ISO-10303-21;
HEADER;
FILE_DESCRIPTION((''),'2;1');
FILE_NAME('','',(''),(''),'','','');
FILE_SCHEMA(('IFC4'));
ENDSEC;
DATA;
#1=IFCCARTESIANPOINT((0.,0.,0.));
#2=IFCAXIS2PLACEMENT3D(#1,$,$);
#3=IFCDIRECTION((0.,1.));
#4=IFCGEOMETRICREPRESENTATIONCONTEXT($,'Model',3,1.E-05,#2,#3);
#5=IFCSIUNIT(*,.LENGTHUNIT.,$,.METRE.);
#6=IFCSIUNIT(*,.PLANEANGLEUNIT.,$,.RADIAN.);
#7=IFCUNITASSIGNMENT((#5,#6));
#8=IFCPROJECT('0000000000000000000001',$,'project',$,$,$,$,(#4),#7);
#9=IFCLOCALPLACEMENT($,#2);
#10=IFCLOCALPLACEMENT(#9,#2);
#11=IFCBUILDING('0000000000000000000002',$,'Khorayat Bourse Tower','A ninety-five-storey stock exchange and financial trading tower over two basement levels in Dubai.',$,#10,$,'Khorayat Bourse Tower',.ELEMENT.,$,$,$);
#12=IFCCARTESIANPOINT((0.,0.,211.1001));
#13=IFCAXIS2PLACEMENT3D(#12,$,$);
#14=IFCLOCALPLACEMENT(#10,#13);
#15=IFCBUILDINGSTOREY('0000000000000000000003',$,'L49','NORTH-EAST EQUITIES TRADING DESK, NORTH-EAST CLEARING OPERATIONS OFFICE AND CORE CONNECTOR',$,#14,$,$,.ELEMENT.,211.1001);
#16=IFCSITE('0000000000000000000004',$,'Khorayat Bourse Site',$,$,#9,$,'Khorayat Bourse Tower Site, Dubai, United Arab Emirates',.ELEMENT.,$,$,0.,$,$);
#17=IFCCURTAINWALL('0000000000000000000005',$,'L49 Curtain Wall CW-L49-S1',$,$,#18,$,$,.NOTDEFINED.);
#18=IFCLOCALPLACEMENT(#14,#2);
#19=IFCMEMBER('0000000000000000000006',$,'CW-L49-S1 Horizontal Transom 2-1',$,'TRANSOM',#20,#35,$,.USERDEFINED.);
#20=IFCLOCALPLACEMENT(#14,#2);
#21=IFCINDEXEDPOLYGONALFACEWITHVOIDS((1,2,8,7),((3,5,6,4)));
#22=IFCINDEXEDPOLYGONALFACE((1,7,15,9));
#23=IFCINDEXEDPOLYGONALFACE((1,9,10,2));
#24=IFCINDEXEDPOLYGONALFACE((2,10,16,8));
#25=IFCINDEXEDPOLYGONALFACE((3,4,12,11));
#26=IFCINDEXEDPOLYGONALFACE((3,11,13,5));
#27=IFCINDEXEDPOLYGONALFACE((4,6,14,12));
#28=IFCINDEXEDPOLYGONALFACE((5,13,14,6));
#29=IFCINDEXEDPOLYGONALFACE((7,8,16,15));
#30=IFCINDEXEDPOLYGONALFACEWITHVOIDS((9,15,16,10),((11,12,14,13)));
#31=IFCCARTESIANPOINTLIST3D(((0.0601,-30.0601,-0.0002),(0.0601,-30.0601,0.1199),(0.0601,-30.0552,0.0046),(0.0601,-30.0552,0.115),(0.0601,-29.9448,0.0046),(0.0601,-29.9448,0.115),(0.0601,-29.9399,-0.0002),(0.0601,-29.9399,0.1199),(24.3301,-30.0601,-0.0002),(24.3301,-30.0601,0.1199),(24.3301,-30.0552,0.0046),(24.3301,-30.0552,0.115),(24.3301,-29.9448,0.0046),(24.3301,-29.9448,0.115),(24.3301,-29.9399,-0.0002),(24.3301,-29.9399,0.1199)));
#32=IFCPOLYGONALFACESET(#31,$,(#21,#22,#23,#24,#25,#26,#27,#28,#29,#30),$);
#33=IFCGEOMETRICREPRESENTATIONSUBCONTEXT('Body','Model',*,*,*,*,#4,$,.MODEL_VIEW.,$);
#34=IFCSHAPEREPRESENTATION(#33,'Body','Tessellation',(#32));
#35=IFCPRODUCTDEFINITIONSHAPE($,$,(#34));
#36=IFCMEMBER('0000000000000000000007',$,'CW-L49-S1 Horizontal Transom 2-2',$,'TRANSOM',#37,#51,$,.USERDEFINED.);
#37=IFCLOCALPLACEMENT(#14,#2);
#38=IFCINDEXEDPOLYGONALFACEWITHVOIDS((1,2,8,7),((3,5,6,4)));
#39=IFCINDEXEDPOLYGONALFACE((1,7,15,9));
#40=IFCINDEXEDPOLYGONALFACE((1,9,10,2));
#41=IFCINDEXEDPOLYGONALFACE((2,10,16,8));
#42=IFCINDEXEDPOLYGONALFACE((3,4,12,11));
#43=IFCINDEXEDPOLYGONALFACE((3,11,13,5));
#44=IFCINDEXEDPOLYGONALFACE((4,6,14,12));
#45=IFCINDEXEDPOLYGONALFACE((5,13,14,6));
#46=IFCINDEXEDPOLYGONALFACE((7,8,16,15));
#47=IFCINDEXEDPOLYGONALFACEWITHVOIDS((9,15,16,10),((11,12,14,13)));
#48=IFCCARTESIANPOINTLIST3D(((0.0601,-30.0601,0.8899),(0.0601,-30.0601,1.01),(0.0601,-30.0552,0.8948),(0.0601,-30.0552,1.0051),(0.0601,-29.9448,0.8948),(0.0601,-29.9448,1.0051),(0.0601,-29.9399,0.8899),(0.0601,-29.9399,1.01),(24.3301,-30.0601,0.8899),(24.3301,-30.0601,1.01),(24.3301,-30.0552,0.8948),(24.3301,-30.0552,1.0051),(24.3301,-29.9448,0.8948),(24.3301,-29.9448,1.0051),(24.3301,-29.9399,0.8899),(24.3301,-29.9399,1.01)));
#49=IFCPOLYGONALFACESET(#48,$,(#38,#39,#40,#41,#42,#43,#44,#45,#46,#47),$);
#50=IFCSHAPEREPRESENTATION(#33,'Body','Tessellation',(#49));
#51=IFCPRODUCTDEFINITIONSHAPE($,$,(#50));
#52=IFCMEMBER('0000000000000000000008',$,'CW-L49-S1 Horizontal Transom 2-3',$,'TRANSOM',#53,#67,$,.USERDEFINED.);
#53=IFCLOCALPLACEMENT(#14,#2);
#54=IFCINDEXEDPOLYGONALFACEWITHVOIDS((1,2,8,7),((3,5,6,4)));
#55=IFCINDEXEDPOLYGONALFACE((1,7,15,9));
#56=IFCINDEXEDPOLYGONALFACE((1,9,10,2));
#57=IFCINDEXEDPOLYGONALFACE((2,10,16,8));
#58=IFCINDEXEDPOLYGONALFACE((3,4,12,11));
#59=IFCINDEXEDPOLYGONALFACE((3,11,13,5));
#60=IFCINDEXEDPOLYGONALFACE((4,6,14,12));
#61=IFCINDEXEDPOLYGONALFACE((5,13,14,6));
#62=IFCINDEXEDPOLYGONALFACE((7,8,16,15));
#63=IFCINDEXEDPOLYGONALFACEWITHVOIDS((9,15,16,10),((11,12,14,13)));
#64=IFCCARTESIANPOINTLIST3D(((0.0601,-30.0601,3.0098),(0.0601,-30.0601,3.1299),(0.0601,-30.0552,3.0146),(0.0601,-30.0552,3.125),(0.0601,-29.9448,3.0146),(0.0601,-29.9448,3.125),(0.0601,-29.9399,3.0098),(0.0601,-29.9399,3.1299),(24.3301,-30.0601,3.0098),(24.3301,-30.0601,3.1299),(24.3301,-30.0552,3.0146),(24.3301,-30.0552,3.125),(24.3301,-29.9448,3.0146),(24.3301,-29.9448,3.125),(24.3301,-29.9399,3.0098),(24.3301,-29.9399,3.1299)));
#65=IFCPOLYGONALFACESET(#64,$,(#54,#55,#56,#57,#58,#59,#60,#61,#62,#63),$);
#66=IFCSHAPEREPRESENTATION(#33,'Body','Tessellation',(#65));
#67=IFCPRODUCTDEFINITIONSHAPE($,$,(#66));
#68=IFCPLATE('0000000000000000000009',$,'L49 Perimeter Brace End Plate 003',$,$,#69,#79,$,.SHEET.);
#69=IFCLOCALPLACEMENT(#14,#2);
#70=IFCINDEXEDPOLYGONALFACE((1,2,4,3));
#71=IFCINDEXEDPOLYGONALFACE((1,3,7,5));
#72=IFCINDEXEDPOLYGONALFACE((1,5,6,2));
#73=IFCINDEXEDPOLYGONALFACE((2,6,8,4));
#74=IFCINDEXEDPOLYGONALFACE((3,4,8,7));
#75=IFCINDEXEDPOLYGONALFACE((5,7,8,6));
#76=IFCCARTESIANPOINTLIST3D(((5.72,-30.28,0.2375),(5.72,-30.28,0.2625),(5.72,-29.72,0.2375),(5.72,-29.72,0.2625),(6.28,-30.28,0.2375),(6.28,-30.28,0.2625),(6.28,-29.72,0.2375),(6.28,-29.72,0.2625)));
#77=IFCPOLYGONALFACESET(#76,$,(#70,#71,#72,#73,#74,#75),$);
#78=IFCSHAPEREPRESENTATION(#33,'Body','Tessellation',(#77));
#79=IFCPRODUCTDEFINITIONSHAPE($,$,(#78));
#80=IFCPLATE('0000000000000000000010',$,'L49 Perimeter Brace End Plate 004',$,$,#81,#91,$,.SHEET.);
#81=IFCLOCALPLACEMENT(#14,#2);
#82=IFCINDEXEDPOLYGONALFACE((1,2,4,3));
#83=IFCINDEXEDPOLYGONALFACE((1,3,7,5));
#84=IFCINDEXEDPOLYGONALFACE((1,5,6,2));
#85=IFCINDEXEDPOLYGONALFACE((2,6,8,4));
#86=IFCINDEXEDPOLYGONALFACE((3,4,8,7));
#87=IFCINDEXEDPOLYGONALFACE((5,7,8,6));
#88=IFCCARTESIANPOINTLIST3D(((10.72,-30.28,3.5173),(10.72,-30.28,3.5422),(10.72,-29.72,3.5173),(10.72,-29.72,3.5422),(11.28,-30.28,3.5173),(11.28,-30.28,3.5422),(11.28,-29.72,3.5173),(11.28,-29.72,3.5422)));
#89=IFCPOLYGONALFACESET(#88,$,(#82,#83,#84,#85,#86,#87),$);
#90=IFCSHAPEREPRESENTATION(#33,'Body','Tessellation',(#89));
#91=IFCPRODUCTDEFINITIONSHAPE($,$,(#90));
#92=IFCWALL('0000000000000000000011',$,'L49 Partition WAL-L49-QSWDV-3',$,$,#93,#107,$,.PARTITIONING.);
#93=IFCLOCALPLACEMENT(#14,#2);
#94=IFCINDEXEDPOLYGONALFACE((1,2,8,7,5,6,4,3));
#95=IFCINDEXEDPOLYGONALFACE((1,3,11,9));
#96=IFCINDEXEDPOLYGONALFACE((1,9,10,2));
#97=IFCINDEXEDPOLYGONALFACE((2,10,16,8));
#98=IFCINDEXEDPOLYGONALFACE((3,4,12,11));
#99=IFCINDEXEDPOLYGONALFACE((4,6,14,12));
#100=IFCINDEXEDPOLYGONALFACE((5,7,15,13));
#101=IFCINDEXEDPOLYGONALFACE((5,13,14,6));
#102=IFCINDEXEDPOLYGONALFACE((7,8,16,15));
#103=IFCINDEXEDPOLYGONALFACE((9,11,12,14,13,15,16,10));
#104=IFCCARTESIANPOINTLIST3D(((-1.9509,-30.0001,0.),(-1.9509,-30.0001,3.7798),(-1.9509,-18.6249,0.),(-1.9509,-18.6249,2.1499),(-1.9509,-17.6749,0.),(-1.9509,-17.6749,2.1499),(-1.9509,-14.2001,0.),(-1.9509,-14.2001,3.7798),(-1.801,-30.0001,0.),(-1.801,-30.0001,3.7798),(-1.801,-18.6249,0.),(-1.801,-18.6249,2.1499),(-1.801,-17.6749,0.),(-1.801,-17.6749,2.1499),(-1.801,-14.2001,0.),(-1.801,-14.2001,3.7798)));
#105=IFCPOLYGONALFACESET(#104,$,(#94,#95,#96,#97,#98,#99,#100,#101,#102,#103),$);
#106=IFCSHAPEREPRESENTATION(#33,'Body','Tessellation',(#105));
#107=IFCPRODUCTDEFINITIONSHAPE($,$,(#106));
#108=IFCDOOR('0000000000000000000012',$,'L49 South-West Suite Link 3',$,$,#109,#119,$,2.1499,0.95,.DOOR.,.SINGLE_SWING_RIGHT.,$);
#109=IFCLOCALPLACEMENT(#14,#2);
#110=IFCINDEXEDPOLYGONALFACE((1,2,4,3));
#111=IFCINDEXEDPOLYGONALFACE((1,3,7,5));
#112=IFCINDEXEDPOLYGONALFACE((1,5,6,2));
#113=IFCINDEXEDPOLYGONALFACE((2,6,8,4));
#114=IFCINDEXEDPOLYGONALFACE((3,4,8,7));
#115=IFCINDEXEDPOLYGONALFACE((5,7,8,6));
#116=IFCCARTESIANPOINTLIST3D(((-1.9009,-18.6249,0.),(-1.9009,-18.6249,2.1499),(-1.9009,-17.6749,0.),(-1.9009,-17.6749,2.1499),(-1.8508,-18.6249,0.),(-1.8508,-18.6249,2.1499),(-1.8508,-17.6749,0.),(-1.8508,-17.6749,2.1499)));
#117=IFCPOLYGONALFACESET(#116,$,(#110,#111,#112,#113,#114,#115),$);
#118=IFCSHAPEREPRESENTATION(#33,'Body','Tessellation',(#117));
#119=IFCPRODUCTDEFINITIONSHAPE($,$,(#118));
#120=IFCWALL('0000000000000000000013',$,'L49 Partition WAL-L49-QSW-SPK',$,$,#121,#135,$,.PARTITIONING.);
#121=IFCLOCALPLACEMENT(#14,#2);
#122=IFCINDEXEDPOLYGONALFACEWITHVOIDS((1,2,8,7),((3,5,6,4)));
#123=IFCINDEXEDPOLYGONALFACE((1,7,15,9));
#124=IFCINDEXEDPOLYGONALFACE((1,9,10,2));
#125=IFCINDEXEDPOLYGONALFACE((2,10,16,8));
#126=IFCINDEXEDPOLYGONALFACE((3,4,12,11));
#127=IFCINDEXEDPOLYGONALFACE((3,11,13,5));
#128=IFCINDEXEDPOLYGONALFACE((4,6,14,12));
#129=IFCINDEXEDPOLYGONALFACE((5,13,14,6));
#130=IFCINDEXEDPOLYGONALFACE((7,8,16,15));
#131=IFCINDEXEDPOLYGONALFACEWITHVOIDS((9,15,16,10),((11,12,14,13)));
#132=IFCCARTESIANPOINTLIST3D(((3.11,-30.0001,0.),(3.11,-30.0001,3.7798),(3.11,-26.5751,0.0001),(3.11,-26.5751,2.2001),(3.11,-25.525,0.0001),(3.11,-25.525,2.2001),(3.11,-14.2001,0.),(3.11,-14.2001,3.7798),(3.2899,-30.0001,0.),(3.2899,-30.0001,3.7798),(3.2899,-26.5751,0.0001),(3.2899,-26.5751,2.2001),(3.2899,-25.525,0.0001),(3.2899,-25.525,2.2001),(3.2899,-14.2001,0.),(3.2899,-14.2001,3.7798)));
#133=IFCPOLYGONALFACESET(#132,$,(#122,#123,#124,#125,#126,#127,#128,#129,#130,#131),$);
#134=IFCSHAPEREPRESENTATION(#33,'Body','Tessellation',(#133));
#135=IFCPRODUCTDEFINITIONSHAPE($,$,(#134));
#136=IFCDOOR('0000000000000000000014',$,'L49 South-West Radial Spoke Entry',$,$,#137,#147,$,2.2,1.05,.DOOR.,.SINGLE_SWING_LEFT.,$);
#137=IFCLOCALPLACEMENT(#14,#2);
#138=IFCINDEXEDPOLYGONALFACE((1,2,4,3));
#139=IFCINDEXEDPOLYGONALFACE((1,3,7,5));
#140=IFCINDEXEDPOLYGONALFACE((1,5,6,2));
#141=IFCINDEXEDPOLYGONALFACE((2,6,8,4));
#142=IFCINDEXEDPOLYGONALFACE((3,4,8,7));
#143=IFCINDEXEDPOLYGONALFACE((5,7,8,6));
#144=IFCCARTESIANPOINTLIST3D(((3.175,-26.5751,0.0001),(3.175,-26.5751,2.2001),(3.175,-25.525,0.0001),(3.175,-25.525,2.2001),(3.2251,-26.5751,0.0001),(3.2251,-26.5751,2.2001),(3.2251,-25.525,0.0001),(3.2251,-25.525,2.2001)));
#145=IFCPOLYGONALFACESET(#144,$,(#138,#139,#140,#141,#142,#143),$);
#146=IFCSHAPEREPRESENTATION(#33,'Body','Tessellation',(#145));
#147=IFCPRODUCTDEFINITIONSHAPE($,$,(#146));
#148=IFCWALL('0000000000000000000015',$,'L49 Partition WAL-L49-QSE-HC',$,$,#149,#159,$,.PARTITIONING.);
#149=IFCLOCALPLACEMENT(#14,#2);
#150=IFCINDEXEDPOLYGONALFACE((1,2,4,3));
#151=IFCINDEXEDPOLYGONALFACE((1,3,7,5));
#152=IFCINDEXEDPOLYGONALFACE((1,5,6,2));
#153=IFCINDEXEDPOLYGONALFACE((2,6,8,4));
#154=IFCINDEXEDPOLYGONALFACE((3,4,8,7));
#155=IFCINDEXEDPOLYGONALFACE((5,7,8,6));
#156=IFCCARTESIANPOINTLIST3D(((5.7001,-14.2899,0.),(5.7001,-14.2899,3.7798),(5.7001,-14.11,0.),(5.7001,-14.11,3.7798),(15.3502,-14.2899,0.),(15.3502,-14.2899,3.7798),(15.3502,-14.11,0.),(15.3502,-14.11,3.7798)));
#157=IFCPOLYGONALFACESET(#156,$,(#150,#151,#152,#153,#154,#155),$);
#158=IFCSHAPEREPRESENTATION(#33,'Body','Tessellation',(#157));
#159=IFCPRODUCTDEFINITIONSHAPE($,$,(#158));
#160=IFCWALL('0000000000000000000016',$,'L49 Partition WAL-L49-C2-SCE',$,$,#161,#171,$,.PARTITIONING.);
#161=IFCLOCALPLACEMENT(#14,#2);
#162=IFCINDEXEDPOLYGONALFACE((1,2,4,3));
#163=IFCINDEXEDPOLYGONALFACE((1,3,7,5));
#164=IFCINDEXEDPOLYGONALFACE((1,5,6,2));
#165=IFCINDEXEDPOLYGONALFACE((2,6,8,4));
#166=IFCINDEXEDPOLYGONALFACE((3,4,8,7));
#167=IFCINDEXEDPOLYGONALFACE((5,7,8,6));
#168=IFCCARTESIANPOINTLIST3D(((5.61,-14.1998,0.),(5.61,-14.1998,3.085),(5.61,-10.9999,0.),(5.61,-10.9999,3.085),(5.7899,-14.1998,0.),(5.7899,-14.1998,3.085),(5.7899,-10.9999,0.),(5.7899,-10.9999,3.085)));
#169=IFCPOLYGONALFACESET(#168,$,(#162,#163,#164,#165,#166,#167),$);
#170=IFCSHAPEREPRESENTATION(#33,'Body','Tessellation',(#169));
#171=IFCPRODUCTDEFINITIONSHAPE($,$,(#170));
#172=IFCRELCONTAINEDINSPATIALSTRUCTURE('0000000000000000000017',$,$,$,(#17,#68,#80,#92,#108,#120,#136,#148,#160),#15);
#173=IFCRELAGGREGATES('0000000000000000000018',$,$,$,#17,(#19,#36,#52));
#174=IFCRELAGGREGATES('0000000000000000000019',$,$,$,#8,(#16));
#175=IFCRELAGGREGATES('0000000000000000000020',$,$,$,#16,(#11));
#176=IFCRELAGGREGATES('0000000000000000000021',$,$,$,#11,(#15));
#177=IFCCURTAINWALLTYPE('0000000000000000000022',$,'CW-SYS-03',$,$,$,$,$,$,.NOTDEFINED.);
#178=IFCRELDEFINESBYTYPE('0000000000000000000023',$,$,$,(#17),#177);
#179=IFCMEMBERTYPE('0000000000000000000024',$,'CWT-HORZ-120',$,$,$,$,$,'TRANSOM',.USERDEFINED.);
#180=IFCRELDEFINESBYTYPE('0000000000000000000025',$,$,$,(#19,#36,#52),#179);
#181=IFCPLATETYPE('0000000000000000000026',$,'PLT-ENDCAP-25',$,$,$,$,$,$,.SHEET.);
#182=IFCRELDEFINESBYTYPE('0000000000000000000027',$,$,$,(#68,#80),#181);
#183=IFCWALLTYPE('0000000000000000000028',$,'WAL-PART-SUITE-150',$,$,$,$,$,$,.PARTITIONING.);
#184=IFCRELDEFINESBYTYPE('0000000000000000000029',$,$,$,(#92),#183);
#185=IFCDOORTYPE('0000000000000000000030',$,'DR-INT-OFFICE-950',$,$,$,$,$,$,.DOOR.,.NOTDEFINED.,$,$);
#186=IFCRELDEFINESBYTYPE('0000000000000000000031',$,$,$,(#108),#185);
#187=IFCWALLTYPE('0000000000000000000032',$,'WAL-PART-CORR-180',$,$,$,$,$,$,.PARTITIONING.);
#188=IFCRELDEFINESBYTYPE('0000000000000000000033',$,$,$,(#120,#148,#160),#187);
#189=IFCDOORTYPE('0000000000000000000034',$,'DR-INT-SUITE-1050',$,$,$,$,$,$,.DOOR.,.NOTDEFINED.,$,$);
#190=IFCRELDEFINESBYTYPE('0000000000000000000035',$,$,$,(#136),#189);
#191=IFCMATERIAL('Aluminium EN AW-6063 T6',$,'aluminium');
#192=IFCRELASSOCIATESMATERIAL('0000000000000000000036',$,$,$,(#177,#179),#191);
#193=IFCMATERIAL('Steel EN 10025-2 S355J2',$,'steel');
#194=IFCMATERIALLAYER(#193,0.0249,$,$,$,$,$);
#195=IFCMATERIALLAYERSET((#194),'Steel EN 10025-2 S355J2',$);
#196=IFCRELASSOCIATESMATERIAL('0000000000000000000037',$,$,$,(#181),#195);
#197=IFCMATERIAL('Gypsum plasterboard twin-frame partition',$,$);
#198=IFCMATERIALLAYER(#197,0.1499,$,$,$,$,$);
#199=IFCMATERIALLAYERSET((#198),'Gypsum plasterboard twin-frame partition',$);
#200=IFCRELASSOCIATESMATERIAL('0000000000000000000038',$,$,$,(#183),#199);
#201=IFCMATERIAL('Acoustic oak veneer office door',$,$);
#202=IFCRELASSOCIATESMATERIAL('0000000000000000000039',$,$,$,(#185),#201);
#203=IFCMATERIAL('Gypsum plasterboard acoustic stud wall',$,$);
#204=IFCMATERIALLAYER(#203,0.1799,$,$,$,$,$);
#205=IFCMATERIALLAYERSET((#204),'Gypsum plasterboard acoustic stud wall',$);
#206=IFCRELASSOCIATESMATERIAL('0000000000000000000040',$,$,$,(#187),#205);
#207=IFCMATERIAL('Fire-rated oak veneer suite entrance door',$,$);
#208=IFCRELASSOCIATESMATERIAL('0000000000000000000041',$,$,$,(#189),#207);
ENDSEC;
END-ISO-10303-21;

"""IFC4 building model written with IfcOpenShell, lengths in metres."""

from ifc_helpers import new_model, si_unit, direction, frame, frame_2d, origin, origin_2d, place, context, subcontext, project, spatial, rectangle, hollow_rectangle, extrude, source, transform, mapped, material, layer, layer_set, material_profile, profile_set, type_object, element, fill, aggregate, save


model = new_model("IFC4")

# Units and contexts
model_context = context("Model", 3, precision=1e-05, world=origin(), true_north=direction((0.0, 1.0)))
body_context = subcontext(model_context, "Body", "Model", "MODEL_VIEW")
ifc_project = project(units=[si_unit("LENGTHUNIT", "METRE"), si_unit("PLANEANGLEUNIT", "RADIAN")], contexts=[model_context])

# Site, building, storey
site_placement = place(None, origin())
site = spatial("IfcSite", under=ifc_project, at=site_placement, Name="Khorayat Bourse Site", LongName="Khorayat Bourse Tower Site, Dubai, United Arab Emirates", CompositionType="ELEMENT", RefElevation=0.0)
building_placement = place(site_placement, origin())
building = spatial("IfcBuilding", under=site, at=building_placement, Name="Khorayat Bourse Tower", Description="A ninety-five-storey stock exchange and financial trading tower over two basement levels in Dubai.", LongName="Khorayat Bourse Tower", CompositionType="ELEMENT")
storey_placement = place(building_placement, frame((0.0, 0.0, 211.1001)))
storey = spatial("IfcBuildingStorey", under=building, at=storey_placement, Name="L49", Description="NORTH-EAST EQUITIES TRADING DESK, NORTH-EAST CLEARING OPERATIONS OFFICE AND CORE CONNECTOR", CompositionType="ELEMENT", Elevation=211.1001)

# Curtain wall, members
ifc_material_1 = material(Name="Aluminium EN AW-6063 T6", Category="aluminium")
curtain_wall_type = type_object("IfcCurtainWallType", Name="CW-SYS-03", PredefinedType="NOTDEFINED", material=ifc_material_1)
curtain_wall_placement = place(storey_placement, origin())
curtain_wall = element("IfcCurtainWall", 1, at=curtain_wall_placement, inside=storey, type_object=curtain_wall_type, Name="L49 Curtain Wall CW-L49-S1", PredefinedType="NOTDEFINED")
ifc_material_profile_1 = material_profile(ifc_material_1, hollow_rectangle(XDim=0.1201, YDim=0.1201, WallThickness=0.0049, at=origin_2d()), Name="ALU 120x120x5")
ifc_profile_set_1 = profile_set([ifc_material_profile_1], Name="Aluminium EN AW-6063 T6")
member_type_1 = type_object("IfcMemberType", Name="CWT-HORZ-120", ElementType="TRANSOM", PredefinedType="USERDEFINED", material=ifc_profile_set_1)
shared_shape_1 = source(origin(), body_context, "Body", "SweptSolid", [
    extrude(hollow_rectangle(XDim=0.1201, YDim=0.1201, WallThickness=0.0049, at=origin_2d()), origin(), (0.0, 0.0, 1.0), 24.27),
])
member_1_placement = place(storey_placement, frame((0.0601, -30.0, 0.0598), z_axis=(1.0, 0.0, 0.0), x_axis=(0.0, 1.0, 0.0)))
member_1 = element("IfcMember", 2, at=member_1_placement, type_object=member_type_1, Name="CW-L49-S1 Horizontal Transom 2-1", ObjectType="TRANSOM", PredefinedType="USERDEFINED", context=body_context, shape_type="MappedRepresentation", body=[
    mapped(shared_shape_1, transform((0.0, 0.0, 0.0), scale=1.0)),
])
member_2_placement = place(storey_placement, frame((0.0601, -30.0, 0.95), z_axis=(1.0, 0.0, 0.0), x_axis=(0.0, 1.0, 0.0)))
member_2 = element("IfcMember", 3, at=member_2_placement, type_object=member_type_1, Name="CW-L49-S1 Horizontal Transom 2-2", ObjectType="TRANSOM", PredefinedType="USERDEFINED", context=body_context, shape_type="MappedRepresentation", body=[
    mapped(shared_shape_1, transform((0.0, 0.0, 0.0), scale=1.0)),
])
member_3_placement = place(storey_placement, frame((0.0601, -30.0, 3.0698), z_axis=(1.0, 0.0, 0.0), x_axis=(0.0, 1.0, 0.0)))
member_3 = element("IfcMember", 4, at=member_3_placement, type_object=member_type_1, Name="CW-L49-S1 Horizontal Transom 2-3", ObjectType="TRANSOM", PredefinedType="USERDEFINED", context=body_context, shape_type="MappedRepresentation", body=[
    mapped(shared_shape_1, transform((0.0, 0.0, 0.0), scale=1.0)),
])
aggregate(curtain_wall, [member_1, member_2, member_3])

# Plates
ifc_material_2 = material(Name="Steel EN 10025-2 S355J2", Category="steel")
ifc_layer_1 = layer(ifc_material_2, 0.0249)
ifc_layer_set_1 = layer_set([ifc_layer_1], Name="Steel EN 10025-2 S355J2")
plate_type = type_object("IfcPlateType", Name="PLT-ENDCAP-25", PredefinedType="SHEET", material=ifc_layer_set_1)
shared_shape_2 = source(origin(), body_context, "Body", "SweptSolid", [
    extrude(rectangle(XDim=0.5601, YDim=0.5601, at=origin_2d()), origin(), (0.0, 0.0, 1.0), 0.0249),
])
for number, where, z_axis, x_axis, name in (
    (5, (6.0, -30.0, 0.2375), (0.0, 0.0, 1.0), (1.0, 0.0, 0.0), "L49 Perimeter Brace End Plate 003"),
    (6, (11.0, -30.0, 3.5173), (0.0, 0.0, 1.0), (1.0, 0.0, 0.0), "L49 Perimeter Brace End Plate 004"),
):
    element("IfcPlate", number, at=place(storey_placement, frame(where, z_axis=z_axis, x_axis=x_axis)), inside=storey, type_object=plate_type, Name=name, PredefinedType="SHEET", context=body_context, shape_type="MappedRepresentation", body=[
        mapped(shared_shape_2, transform((0.0, 0.0, 0.0), scale=1.0)),
    ])

# Walls, openings, doors
ifc_material_3 = material(Name="Gypsum plasterboard twin-frame partition")
ifc_layer_2 = layer(ifc_material_3, 0.1499)
ifc_layer_set_2 = layer_set([ifc_layer_2], Name="Gypsum plasterboard twin-frame partition")
wall_type_1 = type_object("IfcWallType", Name="WAL-PART-SUITE-150", PredefinedType="PARTITIONING", material=ifc_layer_set_2)
shared_shape_3 = source(origin(), body_context, "Body", "SweptSolid", [
    extrude(rectangle(XDim=15.8, YDim=0.1499, at=frame_2d((7.8999, 0.0))), origin(), (0.0, 0.0, 1.0), 3.7798),
])
wall_1_placement = place(storey_placement, frame((-1.876, -30.0, 0.0), z_axis=(0.0, 0.0, 1.0), x_axis=(0.0, 1.0, 0.0)))
wall_1 = element("IfcWall", 7, at=wall_1_placement, inside=storey, type_object=wall_type_1, Name="L49 Partition WAL-L49-QSWDV-3", PredefinedType="PARTITIONING", context=body_context, shape_type="MappedRepresentation", body=[
    mapped(shared_shape_3, transform((0.0, 0.0, 0.0), scale=1.0)),
])
shared_shape_4 = source(origin(), body_context, "Body", "SweptSolid", [
    extrude(rectangle(XDim=0.95, YDim=2.1499, at=frame_2d((0.4751, 1.075))), frame((0.0, 0.085, 0.0), z_axis=(0.0, -1.0, 0.0), x_axis=(1.0, 0.0, 0.0)), (0.0, 0.0, 1.0), 0.1699),
])
opening_1_placement = place(wall_1_placement, frame((11.375, 0.0, 0.0)))
opening_1 = element("IfcOpeningElement", 8, at=opening_1_placement, cuts=wall_1, PredefinedType="OPENING", context=body_context, shape_type="MappedRepresentation", body=[
    mapped(shared_shape_4, transform((0.0, 0.0, 0.0), scale=1.0)),
])
ifc_material_4 = material(Name="Acoustic oak veneer office door")
door_type_1 = type_object("IfcDoorType", Name="DR-INT-OFFICE-950", OperationType="NOTDEFINED", PredefinedType="DOOR", material=ifc_material_4)
shared_shape_5 = source(origin(), body_context, "Body", "SweptSolid", [
    extrude(rectangle(XDim=0.95, YDim=2.1499, at=frame_2d((0.4751, 1.075))), frame((0.0, 0.0249, 0.0), z_axis=(0.0, -1.0, 0.0), x_axis=(1.0, 0.0, 0.0)), (0.0, 0.0, 1.0), 0.05),
])
door_1_placement = place(opening_1_placement, origin())
door_1 = element("IfcDoor", 9, at=door_1_placement, inside=storey, type_object=door_type_1, Name="L49 South-West Suite Link 3", OperationType="SINGLE_SWING_RIGHT", OverallHeight=2.1499, OverallWidth=0.95, PredefinedType="DOOR", context=body_context, shape_type="MappedRepresentation", body=[
    mapped(shared_shape_5, transform((0.0, 0.0, 0.0), scale=1.0)),
])
fill(opening_1, door_1)
ifc_material_5 = material(Name="Gypsum plasterboard acoustic stud wall")
ifc_layer_3 = layer(ifc_material_5, 0.1799)
ifc_layer_set_3 = layer_set([ifc_layer_3], Name="Gypsum plasterboard acoustic stud wall")
wall_type_2 = type_object("IfcWallType", Name="WAL-PART-CORR-180", PredefinedType="PARTITIONING", material=ifc_layer_set_3)
shared_shape_6 = source(origin(), body_context, "Body", "SweptSolid", [
    extrude(rectangle(XDim=15.8, YDim=0.1799, at=frame_2d((7.8999, 0.0))), origin(), (0.0, 0.0, 1.0), 3.7798),
])
wall_2_placement = place(storey_placement, frame((3.2, -30.0, 0.0), z_axis=(0.0, 0.0, 1.0), x_axis=(0.0, 1.0, 0.0)))
wall_2 = element("IfcWall", 10, at=wall_2_placement, inside=storey, type_object=wall_type_2, Name="L49 Partition WAL-L49-QSW-SPK", PredefinedType="PARTITIONING", context=body_context, shape_type="MappedRepresentation", body=[
    mapped(shared_shape_6, transform((0.0, 0.0, 0.0), scale=1.0)),
])
shared_shape_7 = source(origin(), body_context, "Body", "SweptSolid", [
    extrude(rectangle(XDim=1.05, YDim=2.2, at=frame_2d((0.5249, 1.1001))), frame((0.0, 0.0999, 0.0), z_axis=(0.0, -1.0, 0.0), x_axis=(1.0, 0.0, 0.0)), (0.0, 0.0, 1.0), 0.2),
])
opening_2_placement = place(wall_2_placement, frame((3.425, 0.0, 0.0)))
opening_2 = element("IfcOpeningElement", 11, at=opening_2_placement, cuts=wall_2, PredefinedType="OPENING", context=body_context, shape_type="MappedRepresentation", body=[
    mapped(shared_shape_7, transform((0.0, 0.0, 0.0), scale=1.0)),
])
ifc_material_6 = material(Name="Fire-rated oak veneer suite entrance door")
door_type_2 = type_object("IfcDoorType", Name="DR-INT-SUITE-1050", OperationType="NOTDEFINED", PredefinedType="DOOR", material=ifc_material_6)
shared_shape_8 = source(origin(), body_context, "Body", "SweptSolid", [
    extrude(rectangle(XDim=1.05, YDim=2.2, at=frame_2d((0.5249, 1.1001))), frame((0.0, 0.0249, 0.0), z_axis=(0.0, -1.0, 0.0), x_axis=(1.0, 0.0, 0.0)), (0.0, 0.0, 1.0), 0.05),
])
door_2_placement = place(opening_2_placement, origin())
door_2 = element("IfcDoor", 12, at=door_2_placement, inside=storey, type_object=door_type_2, Name="L49 South-West Radial Spoke Entry", OperationType="SINGLE_SWING_LEFT", OverallHeight=2.2, OverallWidth=1.05, PredefinedType="DOOR", context=body_context, shape_type="MappedRepresentation", body=[
    mapped(shared_shape_8, transform((0.0, 0.0, 0.0), scale=1.0)),
])
fill(opening_2, door_2)

# Walls
shared_shape_9 = source(origin(), body_context, "Body", "SweptSolid", [
    extrude(rectangle(XDim=9.6501, YDim=0.1799, at=frame_2d((4.8252, 0.0))), origin(), (0.0, 0.0, 1.0), 3.7798),
])
wall_3_placement = place(storey_placement, frame((5.7, -14.2, 0.0), z_axis=(0.0, 0.0, 1.0), x_axis=(1.0, 0.0, 0.0)))
element("IfcWall", 13, at=wall_3_placement, inside=storey, type_object=wall_type_2, Name="L49 Partition WAL-L49-QSE-HC", PredefinedType="PARTITIONING", context=body_context, shape_type="MappedRepresentation", body=[
    mapped(shared_shape_9, transform((0.0, 0.0, 0.0), scale=1.0)),
])
shared_shape_10 = source(origin(), body_context, "Body", "SweptSolid", [
    extrude(rectangle(XDim=3.2, YDim=0.1799, at=frame_2d((1.6001, 0.0))), origin(), (0.0, 0.0, 1.0), 3.085),
])
wall_4_placement = place(storey_placement, frame((5.7, -14.2, 0.0), z_axis=(0.0, 0.0, 1.0), x_axis=(0.0, 1.0, 0.0)))
element("IfcWall", 14, at=wall_4_placement, inside=storey, type_object=wall_type_2, Name="L49 Partition WAL-L49-C2-SCE", PredefinedType="PARTITIONING", context=body_context, shape_type="MappedRepresentation", body=[
    mapped(shared_shape_10, transform((0.0, 0.0, 0.0), scale=1.0)),
])

save(model, "model.ifc")
